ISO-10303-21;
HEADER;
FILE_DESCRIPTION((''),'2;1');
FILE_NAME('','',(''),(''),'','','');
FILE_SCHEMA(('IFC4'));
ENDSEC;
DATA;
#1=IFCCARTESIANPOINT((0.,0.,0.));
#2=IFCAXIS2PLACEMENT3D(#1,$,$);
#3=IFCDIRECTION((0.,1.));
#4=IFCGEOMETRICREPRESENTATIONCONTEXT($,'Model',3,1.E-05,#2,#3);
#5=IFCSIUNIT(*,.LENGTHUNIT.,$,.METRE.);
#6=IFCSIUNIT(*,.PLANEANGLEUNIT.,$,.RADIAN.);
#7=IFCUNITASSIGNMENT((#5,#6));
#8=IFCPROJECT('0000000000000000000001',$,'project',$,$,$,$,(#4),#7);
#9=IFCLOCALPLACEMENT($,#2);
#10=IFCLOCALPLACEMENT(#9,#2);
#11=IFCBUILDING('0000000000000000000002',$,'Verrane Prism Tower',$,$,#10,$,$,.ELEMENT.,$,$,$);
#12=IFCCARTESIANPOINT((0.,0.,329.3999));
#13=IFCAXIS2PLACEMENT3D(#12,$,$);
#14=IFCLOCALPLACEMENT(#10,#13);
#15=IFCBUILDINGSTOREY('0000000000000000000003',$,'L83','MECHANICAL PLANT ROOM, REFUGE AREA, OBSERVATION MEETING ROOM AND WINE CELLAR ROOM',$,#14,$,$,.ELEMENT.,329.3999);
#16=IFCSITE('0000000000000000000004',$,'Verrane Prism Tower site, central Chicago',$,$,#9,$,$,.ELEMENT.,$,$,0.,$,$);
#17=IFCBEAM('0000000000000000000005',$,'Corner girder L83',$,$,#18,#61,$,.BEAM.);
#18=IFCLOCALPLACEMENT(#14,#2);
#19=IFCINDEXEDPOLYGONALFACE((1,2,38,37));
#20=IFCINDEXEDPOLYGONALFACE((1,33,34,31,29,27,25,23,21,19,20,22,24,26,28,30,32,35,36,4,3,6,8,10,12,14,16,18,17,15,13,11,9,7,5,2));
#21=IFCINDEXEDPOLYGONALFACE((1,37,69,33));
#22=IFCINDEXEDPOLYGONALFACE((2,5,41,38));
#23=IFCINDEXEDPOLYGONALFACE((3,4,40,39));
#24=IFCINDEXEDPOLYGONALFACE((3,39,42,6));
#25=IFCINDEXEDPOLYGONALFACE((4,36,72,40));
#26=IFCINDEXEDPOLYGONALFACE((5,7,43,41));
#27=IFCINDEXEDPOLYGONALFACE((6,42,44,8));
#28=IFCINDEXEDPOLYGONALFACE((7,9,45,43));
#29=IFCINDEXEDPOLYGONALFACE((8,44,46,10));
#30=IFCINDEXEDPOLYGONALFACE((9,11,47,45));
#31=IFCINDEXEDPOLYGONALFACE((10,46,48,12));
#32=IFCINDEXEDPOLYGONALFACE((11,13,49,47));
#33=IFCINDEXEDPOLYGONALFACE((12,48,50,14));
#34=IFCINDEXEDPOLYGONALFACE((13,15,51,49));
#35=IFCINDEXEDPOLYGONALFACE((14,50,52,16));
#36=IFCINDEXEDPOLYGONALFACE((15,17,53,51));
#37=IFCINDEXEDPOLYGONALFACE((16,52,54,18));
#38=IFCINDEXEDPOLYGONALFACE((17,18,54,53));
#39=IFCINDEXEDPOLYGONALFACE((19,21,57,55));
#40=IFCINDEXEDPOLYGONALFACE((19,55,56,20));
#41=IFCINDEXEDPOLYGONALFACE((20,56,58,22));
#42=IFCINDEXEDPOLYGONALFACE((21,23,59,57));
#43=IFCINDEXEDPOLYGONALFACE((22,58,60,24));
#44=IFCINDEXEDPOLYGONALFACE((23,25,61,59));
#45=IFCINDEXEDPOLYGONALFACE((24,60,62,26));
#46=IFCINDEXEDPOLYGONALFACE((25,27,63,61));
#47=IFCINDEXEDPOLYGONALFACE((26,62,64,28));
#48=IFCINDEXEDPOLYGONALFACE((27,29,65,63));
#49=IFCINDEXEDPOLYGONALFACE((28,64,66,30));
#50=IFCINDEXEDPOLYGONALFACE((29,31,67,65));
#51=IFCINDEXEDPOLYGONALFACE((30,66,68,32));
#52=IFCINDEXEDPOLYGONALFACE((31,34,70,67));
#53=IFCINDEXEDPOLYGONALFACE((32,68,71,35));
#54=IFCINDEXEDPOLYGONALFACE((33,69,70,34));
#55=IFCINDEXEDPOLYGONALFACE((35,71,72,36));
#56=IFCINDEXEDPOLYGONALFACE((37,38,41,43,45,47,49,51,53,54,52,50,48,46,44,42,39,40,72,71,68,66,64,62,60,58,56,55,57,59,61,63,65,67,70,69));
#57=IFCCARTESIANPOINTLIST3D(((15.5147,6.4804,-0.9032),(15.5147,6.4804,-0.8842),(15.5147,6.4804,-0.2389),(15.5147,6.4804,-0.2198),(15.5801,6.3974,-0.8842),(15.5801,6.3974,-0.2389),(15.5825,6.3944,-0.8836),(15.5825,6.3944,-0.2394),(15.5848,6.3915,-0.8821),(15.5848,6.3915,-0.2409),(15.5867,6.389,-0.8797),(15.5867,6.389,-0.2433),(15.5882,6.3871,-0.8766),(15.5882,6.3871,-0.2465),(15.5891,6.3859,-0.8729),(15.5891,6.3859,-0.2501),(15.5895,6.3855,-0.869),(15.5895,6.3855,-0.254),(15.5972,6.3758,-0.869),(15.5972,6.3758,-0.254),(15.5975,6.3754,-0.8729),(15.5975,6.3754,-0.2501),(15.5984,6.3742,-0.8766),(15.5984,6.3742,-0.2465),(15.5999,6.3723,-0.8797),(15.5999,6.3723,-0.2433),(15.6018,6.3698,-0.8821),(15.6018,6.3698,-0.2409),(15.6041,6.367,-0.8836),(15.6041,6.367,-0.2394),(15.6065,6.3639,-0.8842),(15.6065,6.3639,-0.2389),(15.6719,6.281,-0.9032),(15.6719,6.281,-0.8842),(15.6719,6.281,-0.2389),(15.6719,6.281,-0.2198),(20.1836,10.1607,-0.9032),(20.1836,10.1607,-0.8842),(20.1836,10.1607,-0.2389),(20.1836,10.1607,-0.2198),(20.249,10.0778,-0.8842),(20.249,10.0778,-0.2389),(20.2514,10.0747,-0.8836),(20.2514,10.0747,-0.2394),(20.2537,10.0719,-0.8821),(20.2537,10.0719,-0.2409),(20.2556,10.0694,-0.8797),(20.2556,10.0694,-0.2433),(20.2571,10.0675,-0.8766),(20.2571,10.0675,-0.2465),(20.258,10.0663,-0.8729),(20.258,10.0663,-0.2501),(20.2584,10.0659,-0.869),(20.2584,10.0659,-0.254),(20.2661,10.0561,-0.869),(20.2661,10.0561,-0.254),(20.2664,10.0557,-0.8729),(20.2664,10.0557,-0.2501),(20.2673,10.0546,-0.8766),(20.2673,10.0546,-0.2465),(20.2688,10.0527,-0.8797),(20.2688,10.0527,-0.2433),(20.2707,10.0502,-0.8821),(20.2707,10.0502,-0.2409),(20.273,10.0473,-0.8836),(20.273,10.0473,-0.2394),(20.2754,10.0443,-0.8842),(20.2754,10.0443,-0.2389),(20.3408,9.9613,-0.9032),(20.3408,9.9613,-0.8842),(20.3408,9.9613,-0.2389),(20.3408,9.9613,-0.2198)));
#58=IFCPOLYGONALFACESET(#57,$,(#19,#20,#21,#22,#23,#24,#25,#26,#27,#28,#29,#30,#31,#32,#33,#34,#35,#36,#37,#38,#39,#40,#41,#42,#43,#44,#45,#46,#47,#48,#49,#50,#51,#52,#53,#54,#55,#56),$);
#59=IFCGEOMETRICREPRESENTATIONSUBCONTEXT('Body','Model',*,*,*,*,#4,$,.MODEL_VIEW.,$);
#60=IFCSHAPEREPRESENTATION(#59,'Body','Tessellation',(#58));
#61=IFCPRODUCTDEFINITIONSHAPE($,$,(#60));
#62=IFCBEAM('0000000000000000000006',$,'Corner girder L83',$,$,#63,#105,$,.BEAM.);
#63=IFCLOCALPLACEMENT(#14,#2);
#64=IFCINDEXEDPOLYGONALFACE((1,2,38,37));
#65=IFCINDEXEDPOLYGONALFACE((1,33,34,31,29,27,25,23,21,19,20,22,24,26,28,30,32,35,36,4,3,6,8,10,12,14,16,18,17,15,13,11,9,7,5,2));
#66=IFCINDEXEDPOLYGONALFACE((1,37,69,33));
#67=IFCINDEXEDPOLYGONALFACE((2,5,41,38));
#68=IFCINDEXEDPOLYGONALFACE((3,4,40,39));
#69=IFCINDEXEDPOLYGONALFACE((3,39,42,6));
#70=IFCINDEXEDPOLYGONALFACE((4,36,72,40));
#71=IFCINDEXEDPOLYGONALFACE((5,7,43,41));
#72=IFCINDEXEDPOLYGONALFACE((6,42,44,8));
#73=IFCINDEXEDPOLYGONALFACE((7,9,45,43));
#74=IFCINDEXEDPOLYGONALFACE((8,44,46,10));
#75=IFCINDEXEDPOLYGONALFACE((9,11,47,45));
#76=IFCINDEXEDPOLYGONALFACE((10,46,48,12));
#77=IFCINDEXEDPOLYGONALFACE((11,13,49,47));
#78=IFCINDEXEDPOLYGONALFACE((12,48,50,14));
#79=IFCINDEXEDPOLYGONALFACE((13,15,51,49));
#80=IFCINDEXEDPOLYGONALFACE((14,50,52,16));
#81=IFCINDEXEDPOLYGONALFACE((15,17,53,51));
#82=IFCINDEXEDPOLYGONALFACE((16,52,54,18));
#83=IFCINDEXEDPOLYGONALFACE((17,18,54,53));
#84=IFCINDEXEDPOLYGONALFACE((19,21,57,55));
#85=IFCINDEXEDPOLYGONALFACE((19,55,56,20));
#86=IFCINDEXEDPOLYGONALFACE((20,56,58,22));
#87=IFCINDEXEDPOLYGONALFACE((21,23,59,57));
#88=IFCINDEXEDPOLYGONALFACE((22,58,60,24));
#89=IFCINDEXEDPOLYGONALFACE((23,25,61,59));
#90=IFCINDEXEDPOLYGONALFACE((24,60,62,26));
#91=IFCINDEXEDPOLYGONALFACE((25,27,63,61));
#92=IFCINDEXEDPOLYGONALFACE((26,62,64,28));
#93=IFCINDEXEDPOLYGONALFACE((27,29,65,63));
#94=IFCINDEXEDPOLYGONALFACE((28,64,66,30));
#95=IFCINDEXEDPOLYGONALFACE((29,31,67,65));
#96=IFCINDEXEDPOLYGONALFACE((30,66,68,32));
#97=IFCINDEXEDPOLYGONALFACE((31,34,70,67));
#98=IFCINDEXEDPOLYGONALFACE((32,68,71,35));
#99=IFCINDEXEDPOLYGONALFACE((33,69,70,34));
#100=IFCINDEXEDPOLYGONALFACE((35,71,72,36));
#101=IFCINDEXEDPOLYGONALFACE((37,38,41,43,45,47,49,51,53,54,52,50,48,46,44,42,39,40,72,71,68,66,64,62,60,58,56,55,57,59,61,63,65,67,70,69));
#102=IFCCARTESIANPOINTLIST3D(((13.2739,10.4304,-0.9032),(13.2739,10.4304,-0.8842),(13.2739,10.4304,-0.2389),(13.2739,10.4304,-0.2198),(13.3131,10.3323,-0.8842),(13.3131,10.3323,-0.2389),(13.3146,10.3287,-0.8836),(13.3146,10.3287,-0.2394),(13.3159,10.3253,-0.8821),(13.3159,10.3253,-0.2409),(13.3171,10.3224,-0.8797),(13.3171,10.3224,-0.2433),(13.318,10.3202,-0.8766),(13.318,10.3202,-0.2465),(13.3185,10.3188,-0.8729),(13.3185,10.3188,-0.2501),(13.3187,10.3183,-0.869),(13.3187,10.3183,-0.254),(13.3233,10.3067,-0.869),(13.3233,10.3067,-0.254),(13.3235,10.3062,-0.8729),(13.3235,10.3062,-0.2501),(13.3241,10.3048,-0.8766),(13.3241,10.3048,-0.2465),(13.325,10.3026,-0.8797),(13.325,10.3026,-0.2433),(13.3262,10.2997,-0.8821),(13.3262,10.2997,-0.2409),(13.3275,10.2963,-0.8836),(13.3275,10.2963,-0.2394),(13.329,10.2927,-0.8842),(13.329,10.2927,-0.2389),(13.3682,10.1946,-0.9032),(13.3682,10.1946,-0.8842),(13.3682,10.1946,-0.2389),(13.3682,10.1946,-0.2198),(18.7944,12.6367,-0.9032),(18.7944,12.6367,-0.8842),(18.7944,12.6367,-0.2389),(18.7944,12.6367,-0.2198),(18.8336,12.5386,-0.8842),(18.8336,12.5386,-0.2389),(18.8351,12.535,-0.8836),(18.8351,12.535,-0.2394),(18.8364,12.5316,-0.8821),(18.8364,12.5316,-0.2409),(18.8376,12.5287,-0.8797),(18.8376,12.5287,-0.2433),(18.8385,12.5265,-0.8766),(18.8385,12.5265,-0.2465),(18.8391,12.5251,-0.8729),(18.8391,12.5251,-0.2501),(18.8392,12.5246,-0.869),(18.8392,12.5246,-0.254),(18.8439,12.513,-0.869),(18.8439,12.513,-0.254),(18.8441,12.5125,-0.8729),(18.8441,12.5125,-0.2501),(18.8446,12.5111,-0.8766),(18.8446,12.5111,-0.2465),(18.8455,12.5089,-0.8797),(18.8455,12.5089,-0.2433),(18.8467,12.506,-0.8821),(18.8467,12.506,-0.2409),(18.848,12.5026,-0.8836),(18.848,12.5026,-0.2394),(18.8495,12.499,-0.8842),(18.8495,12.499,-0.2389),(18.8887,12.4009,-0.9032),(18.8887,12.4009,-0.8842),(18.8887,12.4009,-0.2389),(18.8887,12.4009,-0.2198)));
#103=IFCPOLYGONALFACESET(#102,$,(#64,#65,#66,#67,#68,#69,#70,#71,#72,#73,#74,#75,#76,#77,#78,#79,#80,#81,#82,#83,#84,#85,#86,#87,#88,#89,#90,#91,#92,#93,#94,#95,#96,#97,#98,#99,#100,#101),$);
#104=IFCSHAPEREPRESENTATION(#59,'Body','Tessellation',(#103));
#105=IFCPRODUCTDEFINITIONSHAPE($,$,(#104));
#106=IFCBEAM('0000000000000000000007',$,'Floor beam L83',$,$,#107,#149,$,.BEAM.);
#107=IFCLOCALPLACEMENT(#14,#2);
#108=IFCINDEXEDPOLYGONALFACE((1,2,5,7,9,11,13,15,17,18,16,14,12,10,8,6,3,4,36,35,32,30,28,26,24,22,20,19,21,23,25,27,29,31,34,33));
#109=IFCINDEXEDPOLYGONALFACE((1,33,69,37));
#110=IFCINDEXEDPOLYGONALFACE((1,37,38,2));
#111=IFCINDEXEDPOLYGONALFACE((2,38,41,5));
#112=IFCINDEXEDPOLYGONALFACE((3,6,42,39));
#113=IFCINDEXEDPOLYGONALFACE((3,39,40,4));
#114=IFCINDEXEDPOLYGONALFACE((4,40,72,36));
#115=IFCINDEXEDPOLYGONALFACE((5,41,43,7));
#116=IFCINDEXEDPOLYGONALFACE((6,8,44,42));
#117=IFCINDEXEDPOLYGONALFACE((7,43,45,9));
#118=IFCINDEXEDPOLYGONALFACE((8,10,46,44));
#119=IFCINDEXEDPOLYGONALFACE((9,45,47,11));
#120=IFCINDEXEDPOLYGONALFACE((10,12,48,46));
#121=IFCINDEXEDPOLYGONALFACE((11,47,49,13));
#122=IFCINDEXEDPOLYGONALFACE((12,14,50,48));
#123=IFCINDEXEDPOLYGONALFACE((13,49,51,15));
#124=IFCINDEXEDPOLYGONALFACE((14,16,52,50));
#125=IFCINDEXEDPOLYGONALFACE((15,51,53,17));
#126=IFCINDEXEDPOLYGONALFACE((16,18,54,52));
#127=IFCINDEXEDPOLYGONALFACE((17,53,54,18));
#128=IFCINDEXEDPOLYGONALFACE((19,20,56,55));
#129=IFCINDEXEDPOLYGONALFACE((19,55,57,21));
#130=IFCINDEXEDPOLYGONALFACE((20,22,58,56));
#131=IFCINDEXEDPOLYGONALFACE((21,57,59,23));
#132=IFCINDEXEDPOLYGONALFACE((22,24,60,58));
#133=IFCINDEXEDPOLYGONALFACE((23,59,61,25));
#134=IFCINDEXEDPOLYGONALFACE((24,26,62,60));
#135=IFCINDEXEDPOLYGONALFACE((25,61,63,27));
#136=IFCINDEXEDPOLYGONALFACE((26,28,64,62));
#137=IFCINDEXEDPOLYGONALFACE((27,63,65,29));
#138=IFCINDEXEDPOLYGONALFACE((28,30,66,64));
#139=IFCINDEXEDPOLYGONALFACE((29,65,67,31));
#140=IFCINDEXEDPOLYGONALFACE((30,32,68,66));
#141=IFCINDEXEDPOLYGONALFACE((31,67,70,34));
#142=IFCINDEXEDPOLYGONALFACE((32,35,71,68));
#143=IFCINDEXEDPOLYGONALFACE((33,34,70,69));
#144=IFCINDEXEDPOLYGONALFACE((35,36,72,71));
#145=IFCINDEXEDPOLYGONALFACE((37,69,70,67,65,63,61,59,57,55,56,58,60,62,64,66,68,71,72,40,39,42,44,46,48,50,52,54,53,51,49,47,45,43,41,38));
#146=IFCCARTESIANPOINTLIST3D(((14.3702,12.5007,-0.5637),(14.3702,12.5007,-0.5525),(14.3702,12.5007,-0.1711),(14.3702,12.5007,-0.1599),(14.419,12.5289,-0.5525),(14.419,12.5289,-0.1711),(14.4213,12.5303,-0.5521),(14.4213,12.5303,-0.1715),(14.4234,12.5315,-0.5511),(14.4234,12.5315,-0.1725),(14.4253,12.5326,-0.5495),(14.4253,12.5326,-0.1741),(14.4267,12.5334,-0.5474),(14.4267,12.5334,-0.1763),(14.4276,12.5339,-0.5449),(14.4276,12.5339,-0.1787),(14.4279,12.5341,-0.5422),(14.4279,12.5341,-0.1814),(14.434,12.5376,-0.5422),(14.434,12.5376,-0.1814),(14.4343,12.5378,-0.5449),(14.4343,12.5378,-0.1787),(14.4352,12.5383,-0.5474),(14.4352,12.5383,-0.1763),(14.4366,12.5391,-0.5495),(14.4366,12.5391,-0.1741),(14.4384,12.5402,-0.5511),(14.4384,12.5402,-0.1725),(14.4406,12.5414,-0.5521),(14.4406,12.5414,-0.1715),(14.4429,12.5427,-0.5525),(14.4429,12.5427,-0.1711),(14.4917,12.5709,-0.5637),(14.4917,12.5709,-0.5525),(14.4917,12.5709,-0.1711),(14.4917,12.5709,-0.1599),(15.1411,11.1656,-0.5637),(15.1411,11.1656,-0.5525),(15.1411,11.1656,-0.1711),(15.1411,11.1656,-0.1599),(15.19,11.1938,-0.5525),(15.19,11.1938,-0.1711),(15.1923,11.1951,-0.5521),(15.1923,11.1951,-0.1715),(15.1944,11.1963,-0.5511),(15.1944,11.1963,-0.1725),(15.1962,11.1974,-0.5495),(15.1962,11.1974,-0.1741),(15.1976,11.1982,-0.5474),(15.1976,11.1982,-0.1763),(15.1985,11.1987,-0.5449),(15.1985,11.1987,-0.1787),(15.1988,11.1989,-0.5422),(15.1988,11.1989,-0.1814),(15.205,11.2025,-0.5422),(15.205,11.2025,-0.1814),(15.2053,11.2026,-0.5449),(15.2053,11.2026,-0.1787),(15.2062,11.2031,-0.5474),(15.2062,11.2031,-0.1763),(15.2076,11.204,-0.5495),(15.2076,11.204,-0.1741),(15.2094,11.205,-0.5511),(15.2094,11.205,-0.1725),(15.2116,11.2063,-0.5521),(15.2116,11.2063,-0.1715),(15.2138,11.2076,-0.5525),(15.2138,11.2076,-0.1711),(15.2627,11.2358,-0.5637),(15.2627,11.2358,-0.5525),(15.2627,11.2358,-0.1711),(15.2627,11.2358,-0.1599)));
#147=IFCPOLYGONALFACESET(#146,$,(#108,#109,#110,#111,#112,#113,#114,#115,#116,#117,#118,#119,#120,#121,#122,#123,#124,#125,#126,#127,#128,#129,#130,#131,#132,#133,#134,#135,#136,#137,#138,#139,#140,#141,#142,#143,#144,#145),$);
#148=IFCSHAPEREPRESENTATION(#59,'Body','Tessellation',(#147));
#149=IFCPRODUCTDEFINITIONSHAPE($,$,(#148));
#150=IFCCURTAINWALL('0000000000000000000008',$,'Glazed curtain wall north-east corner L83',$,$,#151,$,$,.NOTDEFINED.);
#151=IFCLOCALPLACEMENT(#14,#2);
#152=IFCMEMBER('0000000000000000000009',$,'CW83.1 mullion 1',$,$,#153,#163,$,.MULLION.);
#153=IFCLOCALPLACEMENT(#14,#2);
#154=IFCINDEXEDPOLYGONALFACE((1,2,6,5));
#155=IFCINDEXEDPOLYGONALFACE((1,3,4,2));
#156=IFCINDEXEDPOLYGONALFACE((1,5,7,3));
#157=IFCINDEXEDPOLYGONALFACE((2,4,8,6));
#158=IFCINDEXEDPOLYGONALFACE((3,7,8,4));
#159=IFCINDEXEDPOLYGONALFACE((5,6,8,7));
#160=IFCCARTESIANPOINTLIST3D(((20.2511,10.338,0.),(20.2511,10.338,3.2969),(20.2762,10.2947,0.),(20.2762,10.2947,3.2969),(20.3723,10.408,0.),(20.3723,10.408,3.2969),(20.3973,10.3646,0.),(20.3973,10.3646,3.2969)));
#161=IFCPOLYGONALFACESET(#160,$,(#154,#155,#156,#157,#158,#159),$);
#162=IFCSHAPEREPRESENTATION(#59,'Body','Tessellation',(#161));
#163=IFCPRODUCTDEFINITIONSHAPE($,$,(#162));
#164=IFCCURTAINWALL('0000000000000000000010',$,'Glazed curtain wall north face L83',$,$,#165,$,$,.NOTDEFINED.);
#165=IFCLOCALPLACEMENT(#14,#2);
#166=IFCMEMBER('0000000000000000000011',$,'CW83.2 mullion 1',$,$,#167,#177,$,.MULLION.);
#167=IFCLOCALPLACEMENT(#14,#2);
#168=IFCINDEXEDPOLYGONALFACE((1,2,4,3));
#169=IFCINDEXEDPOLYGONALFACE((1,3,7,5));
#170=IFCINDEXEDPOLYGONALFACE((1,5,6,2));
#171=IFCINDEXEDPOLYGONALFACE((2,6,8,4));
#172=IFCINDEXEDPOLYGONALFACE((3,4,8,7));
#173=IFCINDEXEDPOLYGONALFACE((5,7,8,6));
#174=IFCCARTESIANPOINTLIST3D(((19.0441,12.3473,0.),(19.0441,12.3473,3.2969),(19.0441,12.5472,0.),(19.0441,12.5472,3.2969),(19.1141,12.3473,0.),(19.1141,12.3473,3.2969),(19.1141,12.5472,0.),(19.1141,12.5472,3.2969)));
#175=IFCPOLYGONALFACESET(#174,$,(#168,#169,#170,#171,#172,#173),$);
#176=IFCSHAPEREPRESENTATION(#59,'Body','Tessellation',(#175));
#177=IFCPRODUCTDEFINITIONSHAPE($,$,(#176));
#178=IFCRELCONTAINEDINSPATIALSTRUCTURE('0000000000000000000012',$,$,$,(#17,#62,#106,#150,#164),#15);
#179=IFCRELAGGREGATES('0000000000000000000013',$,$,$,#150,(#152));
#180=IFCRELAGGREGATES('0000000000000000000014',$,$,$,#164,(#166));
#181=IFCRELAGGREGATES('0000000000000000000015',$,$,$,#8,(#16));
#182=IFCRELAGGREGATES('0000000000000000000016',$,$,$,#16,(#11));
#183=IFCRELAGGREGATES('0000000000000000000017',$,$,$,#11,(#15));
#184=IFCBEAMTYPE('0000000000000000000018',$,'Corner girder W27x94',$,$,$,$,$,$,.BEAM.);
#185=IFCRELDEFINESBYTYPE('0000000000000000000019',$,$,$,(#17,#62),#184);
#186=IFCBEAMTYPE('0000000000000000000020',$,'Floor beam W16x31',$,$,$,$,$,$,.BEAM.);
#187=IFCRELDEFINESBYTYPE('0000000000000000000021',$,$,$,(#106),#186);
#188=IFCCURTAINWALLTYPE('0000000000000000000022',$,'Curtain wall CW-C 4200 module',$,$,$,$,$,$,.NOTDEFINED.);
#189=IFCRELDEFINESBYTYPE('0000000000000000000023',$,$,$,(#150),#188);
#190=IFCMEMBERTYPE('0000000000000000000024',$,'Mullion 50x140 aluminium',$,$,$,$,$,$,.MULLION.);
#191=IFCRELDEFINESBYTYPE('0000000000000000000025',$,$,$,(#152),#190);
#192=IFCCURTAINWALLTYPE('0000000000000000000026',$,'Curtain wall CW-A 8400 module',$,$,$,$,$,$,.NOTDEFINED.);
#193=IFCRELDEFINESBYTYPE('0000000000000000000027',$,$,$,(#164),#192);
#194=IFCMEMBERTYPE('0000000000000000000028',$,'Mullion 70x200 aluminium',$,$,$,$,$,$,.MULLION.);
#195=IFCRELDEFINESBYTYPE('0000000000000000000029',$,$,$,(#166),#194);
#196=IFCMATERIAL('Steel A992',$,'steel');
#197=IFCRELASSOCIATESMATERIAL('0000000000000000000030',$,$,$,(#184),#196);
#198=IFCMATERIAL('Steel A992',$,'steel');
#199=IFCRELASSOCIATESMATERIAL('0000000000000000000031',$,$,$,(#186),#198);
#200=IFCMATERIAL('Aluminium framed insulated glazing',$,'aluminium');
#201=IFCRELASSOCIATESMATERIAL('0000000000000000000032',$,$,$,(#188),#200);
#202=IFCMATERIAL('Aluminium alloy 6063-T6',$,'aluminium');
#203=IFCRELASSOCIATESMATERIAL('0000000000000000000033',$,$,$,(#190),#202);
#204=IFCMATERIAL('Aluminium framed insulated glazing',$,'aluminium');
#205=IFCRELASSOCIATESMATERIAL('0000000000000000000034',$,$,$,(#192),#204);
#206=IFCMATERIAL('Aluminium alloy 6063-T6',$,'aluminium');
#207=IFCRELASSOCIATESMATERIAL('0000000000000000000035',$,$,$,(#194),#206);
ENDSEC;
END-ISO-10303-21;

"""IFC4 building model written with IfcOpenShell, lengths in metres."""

from ifc_helpers import new_model, si_unit, direction, frame, origin, origin_2d, place, context, subcontext, project, spatial, rectangle, i_section, extrude, material, material_profile, profile_set, type_object, element, aggregate, save


model = new_model("IFC4")

# Units and contexts
model_context = context("Model", 3, precision=1e-05, world=origin(), true_north=direction((0.0, 1.0)))
body_context = subcontext(model_context, "Body", "Model", "MODEL_VIEW")
ifc_project = project(units=[si_unit("LENGTHUNIT", "METRE"), si_unit("PLANEANGLEUNIT", "RADIAN")], contexts=[model_context])

# Site, building, storey
site_placement = place(None, origin())
site = spatial("IfcSite", under=ifc_project, at=site_placement, Name="Verrane Prism Tower site, central Chicago", CompositionType="ELEMENT", RefElevation=0.0)
building_placement = place(site_placement, origin())
building = spatial("IfcBuilding", under=site, at=building_placement, Name="Verrane Prism Tower", CompositionType="ELEMENT")
storey_placement = place(building_placement, frame((0.0, 0.0, 329.3999)))
storey = spatial("IfcBuildingStorey", under=building, at=storey_placement, Name="L83", Description="MECHANICAL PLANT ROOM, REFUGE AREA, OBSERVATION MEETING ROOM AND WINE CELLAR ROOM", CompositionType="ELEMENT", Elevation=329.3999)

# Beams
ifc_material_1 = material(Name="Steel A992", Category="steel")
ifc_material_profile_1 = material_profile(ifc_material_1, i_section(OverallWidth=0.2539, OverallDepth=0.6833, WebThickness=0.0125, FlangeThickness=0.019, FilletRadius=0.0151, at=origin_2d()), Name="W27x94")
ifc_profile_set_1 = profile_set([ifc_material_profile_1], Name="Steel A992")
beam_type_1 = type_object("IfcBeamType", Name="Corner girder W27x94", PredefinedType="BEAM", material=ifc_profile_set_1)
for number, where, z_axis, x_axis, name in (
    (1, (20.2622, 10.061, -0.5615), (-0.78534, -0.619065, 0.0), (0.619065, -0.78534, 0.0), "Corner girder L83"),
    (2, (18.8416, 12.5188, -0.5615), (-0.928587, -0.371115, 0.0), (0.371115, -0.928587, 0.0), "Corner girder L83"),
):
    element("IfcBeam", number, at=place(storey_placement, frame(where, z_axis=z_axis, x_axis=x_axis)), inside=storey, type_object=beam_type_1, Name=name, PredefinedType="BEAM", context=body_context, shape_type="SweptSolid", body=[
        extrude(i_section(OverallWidth=0.2539, OverallDepth=0.6833, WebThickness=0.0125, FlangeThickness=0.019, FilletRadius=0.0151, at=origin_2d()), origin(), (0.0, 0.0, 1.0), 5.9451),
    ])
ifc_material_2 = material(Name="Steel A992", Category="steel")
ifc_material_profile_2 = material_profile(ifc_material_2, i_section(OverallWidth=0.1404, OverallDepth=0.4038, WebThickness=0.0071, FlangeThickness=0.0112, FilletRadius=0.0103, at=origin_2d()), Name="W16x31")
ifc_profile_set_2 = profile_set([ifc_material_profile_2], Name="Steel A992")
beam_type_2 = type_object("IfcBeamType", Name="Floor beam W16x31", PredefinedType="BEAM", material=ifc_profile_set_2)
beam_1_placement = place(storey_placement, frame((15.2019, 11.2007, -0.3618), z_axis=(-0.500056, 0.865993, 0.0), x_axis=(-0.865993, -0.500056, 0.0)))
element("IfcBeam", 3, at=beam_1_placement, inside=storey, type_object=beam_type_2, Name="Floor beam L83", PredefinedType="BEAM", context=body_context, shape_type="SweptSolid", body=[
    extrude(i_section(OverallWidth=0.1404, OverallDepth=0.4038, WebThickness=0.0071, FlangeThickness=0.0112, FilletRadius=0.0103, at=origin_2d()), origin(), (0.0, 0.0, 1.0), 1.5417),
])

# Curtain walls, members
ifc_material_3 = material(Name="Aluminium framed insulated glazing", Category="aluminium")
curtain_wall_type_1 = type_object("IfcCurtainWallType", Name="Curtain wall CW-C 4200 module", PredefinedType="NOTDEFINED", material=ifc_material_3)
curtain_wall_1_placement = place(storey_placement, origin())
curtain_wall_1 = element("IfcCurtainWall", 4, at=curtain_wall_1_placement, inside=storey, type_object=curtain_wall_type_1, Name="Glazed curtain wall north-east corner L83", PredefinedType="NOTDEFINED")
ifc_material_4 = material(Name="Aluminium alloy 6063-T6", Category="aluminium")
ifc_material_profile_3 = material_profile(ifc_material_4, rectangle(XDim=0.1399, YDim=0.05, at=origin_2d()), Name="Mullion 50x140 aluminium")
ifc_profile_set_3 = profile_set([ifc_material_profile_3], Name="Aluminium alloy 6063-T6")
member_type_1 = type_object("IfcMemberType", Name="Mullion 50x140 aluminium", PredefinedType="MULLION", material=ifc_profile_set_3)
member_1_placement = place(storey_placement, frame((20.3242, 10.3513, 0.0), z_axis=(0.0, 0.0, 1.0), x_axis=(-0.866025, -0.500001, 0.0)))
member_1 = element("IfcMember", 5, at=member_1_placement, type_object=member_type_1, Name="CW83.1 mullion 1", PredefinedType="MULLION", context=body_context, shape_type="SweptSolid", body=[
    extrude(rectangle(XDim=0.1399, YDim=0.05, at=origin_2d()), origin(), (0.0, 0.0, 1.0), 3.2969),
])
ifc_material_5 = material(Name="Aluminium framed insulated glazing", Category="aluminium")
curtain_wall_type_2 = type_object("IfcCurtainWallType", Name="Curtain wall CW-A 8400 module", PredefinedType="NOTDEFINED", material=ifc_material_5)
curtain_wall_2_placement = place(storey_placement, origin())
curtain_wall_2 = element("IfcCurtainWall", 6, at=curtain_wall_2_placement, inside=storey, type_object=curtain_wall_type_2, Name="Glazed curtain wall north face L83", PredefinedType="NOTDEFINED")
ifc_material_6 = material(Name="Aluminium alloy 6063-T6", Category="aluminium")
ifc_material_profile_4 = material_profile(ifc_material_6, rectangle(XDim=0.2, YDim=0.0701, at=origin_2d()), Name="Mullion 70x200 aluminium")
ifc_profile_set_4 = profile_set([ifc_material_profile_4], Name="Aluminium alloy 6063-T6")
member_type_2 = type_object("IfcMemberType", Name="Mullion 70x200 aluminium", PredefinedType="MULLION", material=ifc_profile_set_4)
member_2_placement = place(storey_placement, frame((19.0791, 12.4473, 0.0), z_axis=(0.0, 0.0, 1.0), x_axis=(0.0, -1.0, 0.0)))
member_2 = element("IfcMember", 7, at=member_2_placement, type_object=member_type_2, Name="CW83.2 mullion 1", PredefinedType="MULLION", context=body_context, shape_type="SweptSolid", body=[
    extrude(rectangle(XDim=0.2, YDim=0.0701, at=origin_2d()), origin(), (0.0, 0.0, 1.0), 3.2969),
])

aggregate(curtain_wall_1, [member_1])

aggregate(curtain_wall_2, [member_2])

save(model, "model.ifc")
